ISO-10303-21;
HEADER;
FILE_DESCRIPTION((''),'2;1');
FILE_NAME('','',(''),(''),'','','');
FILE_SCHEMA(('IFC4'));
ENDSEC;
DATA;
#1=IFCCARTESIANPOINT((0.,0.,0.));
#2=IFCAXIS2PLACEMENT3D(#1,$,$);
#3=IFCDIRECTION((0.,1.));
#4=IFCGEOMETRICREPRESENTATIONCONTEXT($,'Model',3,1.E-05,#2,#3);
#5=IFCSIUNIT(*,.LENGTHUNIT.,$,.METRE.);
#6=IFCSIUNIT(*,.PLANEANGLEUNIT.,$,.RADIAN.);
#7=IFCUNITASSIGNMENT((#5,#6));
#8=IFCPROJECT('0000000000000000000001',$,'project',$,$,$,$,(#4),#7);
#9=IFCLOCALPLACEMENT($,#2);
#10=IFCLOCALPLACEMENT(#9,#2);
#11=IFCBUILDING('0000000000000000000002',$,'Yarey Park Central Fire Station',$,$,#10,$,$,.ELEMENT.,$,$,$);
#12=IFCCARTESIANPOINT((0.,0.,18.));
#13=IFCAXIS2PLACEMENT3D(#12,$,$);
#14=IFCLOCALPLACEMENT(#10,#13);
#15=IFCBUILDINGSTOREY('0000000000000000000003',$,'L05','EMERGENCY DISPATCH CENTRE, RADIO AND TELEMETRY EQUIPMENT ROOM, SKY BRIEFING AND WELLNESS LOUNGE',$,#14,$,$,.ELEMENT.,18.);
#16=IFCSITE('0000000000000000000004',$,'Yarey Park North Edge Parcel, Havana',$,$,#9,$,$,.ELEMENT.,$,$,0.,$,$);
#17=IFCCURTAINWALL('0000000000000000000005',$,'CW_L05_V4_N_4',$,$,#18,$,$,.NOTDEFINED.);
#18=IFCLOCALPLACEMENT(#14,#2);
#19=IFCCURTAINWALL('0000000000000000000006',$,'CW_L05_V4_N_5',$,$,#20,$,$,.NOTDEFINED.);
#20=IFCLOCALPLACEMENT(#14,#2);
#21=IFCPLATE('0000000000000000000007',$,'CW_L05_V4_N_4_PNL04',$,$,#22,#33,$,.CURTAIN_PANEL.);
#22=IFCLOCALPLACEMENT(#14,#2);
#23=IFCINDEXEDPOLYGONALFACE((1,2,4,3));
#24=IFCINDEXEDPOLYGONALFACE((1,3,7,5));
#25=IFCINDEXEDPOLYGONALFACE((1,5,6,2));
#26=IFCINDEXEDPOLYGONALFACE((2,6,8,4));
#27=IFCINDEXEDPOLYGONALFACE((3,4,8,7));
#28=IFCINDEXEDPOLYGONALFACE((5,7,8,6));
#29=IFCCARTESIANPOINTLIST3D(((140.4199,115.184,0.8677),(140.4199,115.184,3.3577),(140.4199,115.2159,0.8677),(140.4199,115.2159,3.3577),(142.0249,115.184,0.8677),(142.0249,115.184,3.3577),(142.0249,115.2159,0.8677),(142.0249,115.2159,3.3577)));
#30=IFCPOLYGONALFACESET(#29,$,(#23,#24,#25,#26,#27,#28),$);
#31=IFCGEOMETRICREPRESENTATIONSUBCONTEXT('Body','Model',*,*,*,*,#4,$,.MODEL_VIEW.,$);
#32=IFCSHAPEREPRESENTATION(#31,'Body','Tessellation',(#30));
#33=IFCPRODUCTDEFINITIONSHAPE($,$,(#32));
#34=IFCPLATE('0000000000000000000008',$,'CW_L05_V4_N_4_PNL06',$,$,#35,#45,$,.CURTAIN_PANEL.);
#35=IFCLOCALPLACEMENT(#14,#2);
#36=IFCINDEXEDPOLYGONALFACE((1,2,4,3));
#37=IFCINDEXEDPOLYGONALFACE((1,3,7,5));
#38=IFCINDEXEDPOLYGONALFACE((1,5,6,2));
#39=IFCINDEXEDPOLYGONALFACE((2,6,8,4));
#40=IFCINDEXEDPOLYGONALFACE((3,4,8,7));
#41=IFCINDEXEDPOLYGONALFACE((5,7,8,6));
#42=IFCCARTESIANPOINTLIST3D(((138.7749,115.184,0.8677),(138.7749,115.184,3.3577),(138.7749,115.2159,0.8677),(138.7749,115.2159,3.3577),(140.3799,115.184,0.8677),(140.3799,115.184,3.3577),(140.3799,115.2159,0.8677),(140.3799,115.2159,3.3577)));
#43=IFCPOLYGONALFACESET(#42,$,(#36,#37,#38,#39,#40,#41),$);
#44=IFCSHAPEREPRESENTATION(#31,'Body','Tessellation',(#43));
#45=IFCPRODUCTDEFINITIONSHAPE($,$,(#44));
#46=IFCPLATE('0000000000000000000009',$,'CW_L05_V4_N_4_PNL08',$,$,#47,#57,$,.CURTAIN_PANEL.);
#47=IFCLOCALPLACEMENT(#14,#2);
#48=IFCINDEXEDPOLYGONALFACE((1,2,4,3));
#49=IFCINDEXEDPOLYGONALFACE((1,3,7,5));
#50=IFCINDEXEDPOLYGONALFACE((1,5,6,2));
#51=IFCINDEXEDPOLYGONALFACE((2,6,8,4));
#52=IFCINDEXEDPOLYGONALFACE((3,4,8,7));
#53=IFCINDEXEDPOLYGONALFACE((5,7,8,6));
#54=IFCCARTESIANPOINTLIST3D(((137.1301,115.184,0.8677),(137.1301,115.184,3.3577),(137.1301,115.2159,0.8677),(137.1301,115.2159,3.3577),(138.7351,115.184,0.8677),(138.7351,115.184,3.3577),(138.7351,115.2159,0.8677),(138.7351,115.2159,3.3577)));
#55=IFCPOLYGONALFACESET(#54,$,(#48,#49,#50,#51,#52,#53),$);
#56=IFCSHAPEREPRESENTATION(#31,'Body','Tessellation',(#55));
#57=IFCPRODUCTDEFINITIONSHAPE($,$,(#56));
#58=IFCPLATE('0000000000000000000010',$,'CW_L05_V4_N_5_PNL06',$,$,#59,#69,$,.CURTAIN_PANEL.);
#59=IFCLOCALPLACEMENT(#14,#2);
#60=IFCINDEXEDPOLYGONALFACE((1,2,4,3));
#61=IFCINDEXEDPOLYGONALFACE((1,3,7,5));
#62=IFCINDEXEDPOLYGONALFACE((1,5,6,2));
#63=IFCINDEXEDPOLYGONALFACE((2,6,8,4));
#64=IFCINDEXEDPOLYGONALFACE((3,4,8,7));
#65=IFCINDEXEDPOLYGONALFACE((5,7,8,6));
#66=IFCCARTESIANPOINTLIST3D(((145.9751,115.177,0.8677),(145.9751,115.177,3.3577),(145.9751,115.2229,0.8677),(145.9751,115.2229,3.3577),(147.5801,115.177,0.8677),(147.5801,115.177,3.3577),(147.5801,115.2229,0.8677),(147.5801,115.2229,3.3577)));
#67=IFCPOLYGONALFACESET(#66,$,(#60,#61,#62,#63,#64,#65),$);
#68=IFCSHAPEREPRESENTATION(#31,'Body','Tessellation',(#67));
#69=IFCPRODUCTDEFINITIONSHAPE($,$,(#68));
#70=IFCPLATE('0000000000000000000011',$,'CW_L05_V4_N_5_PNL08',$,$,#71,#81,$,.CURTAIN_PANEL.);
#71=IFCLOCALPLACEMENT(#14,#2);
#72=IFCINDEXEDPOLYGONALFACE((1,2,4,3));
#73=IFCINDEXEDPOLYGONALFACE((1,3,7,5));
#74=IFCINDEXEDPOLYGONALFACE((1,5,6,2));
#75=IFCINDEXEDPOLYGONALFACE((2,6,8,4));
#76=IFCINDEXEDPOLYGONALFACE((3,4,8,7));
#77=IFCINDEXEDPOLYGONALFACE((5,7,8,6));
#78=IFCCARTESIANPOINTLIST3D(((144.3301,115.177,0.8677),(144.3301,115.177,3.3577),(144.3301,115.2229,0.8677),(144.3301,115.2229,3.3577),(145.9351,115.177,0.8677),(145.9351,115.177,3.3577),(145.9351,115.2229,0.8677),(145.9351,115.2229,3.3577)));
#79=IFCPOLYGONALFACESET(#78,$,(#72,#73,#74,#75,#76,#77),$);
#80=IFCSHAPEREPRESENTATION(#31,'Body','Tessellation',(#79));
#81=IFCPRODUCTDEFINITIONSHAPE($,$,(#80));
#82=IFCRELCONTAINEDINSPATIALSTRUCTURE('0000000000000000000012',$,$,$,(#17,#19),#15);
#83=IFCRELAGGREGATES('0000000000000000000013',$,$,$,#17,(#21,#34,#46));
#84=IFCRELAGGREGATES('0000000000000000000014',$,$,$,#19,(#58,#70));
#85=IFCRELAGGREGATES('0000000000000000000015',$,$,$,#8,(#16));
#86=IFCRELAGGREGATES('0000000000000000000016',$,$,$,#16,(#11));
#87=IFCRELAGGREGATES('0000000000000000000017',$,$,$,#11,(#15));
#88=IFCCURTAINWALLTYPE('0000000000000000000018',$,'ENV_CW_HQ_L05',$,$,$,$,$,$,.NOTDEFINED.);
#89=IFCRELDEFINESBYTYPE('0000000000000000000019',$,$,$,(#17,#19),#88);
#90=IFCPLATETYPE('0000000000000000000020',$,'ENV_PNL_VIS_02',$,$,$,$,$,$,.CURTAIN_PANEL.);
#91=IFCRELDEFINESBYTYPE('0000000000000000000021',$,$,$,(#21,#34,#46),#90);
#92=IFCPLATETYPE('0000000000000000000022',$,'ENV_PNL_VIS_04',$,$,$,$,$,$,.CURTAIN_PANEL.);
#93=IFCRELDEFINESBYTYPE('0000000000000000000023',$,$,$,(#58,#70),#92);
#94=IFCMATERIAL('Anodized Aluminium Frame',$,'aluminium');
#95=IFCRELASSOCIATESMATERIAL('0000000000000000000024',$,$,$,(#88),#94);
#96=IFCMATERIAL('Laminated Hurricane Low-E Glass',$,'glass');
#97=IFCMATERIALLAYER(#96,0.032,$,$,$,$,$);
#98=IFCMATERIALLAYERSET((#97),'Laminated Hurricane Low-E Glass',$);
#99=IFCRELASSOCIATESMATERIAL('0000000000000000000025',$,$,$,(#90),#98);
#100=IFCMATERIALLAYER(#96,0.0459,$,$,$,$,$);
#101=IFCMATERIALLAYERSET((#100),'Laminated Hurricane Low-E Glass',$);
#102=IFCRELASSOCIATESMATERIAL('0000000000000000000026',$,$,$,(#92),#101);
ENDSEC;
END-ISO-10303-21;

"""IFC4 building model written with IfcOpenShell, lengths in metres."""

from ifc_helpers import new_model, si_unit, direction, frame, origin, origin_2d, place, context, subcontext, project, spatial, rectangle, extrude, material, layer, layer_set, type_object, element, aggregate, save


model = new_model("IFC4")

# Units and contexts
model_context = context("Model", 3, precision=1e-05, world=origin(), true_north=direction((0.0, 1.0)))
body_context = subcontext(model_context, "Body", "Model", "MODEL_VIEW")
ifc_project = project(units=[si_unit("LENGTHUNIT", "METRE"), si_unit("PLANEANGLEUNIT", "RADIAN")], contexts=[model_context])

# Site, building, storey
site_placement = place(None, origin())
site = spatial("IfcSite", under=ifc_project, at=site_placement, Name="Yarey Park North Edge Parcel, Havana", CompositionType="ELEMENT", RefElevation=0.0)
building_placement = place(site_placement, origin())
building = spatial("IfcBuilding", under=site, at=building_placement, Name="Yarey Park Central Fire Station", CompositionType="ELEMENT")
storey_placement = place(building_placement, frame((0.0, 0.0, 18.0)))
storey = spatial("IfcBuildingStorey", under=building, at=storey_placement, Name="L05", Description="EMERGENCY DISPATCH CENTRE, RADIO AND TELEMETRY EQUIPMENT ROOM, SKY BRIEFING AND WELLNESS LOUNGE", CompositionType="ELEMENT", Elevation=18.0)

# Curtain walls
ifc_material_1 = material(Name="Anodized Aluminium Frame", Category="aluminium")
curtain_wall_type = type_object("IfcCurtainWallType", Name="ENV_CW_HQ_L05", PredefinedType="NOTDEFINED", material=ifc_material_1)
curtain_wall_1_placement = place(storey_placement, origin())
curtain_wall_1 = element("IfcCurtainWall", 1, at=curtain_wall_1_placement, inside=storey, type_object=curtain_wall_type, Name="CW_L05_V4_N_4", PredefinedType="NOTDEFINED")
curtain_wall_2_placement = place(storey_placement, origin())
curtain_wall_2 = element("IfcCurtainWall", 2, at=curtain_wall_2_placement, inside=storey, type_object=curtain_wall_type, Name="CW_L05_V4_N_5", PredefinedType="NOTDEFINED")

# Plates
ifc_material_2 = material(Name="Laminated Hurricane Low-E Glass", Category="glass")
ifc_layer_1 = layer(ifc_material_2, 0.032)
ifc_layer_set_1 = layer_set([ifc_layer_1], Name="Laminated Hurricane Low-E Glass")
plate_type_1 = type_object("IfcPlateType", Name="ENV_PNL_VIS_02", PredefinedType="CURTAIN_PANEL", material=ifc_layer_set_1)
plate_1_placement = place(storey_placement, frame((141.2224, 115.2, 0.8677), z_axis=(0.0, 0.0, 1.0), x_axis=(-1.0, 0.0, 0.0)))
plate_1 = element("IfcPlate", 3, at=plate_1_placement, type_object=plate_type_1, Name="CW_L05_V4_N_4_PNL04", PredefinedType="CURTAIN_PANEL", context=body_context, shape_type="SweptSolid", body=[
    extrude(rectangle(XDim=1.605, YDim=0.032, at=origin_2d()), origin(), (0.0, 0.0, 1.0), 2.49),
])
plate_2_placement = place(storey_placement, frame((139.5774, 115.2, 0.8677), z_axis=(0.0, 0.0, 1.0), x_axis=(-1.0, 0.0, 0.0)))
plate_2 = element("IfcPlate", 4, at=plate_2_placement, type_object=plate_type_1, Name="CW_L05_V4_N_4_PNL06", PredefinedType="CURTAIN_PANEL", context=body_context, shape_type="SweptSolid", body=[
    extrude(rectangle(XDim=1.605, YDim=0.032, at=origin_2d()), origin(), (0.0, 0.0, 1.0), 2.49),
])
plate_3_placement = place(storey_placement, frame((137.9326, 115.2, 0.8677), z_axis=(0.0, 0.0, 1.0), x_axis=(-1.0, 0.0, 0.0)))
plate_3 = element("IfcPlate", 5, at=plate_3_placement, type_object=plate_type_1, Name="CW_L05_V4_N_4_PNL08", PredefinedType="CURTAIN_PANEL", context=body_context, shape_type="SweptSolid", body=[
    extrude(rectangle(XDim=1.605, YDim=0.032, at=origin_2d()), origin(), (0.0, 0.0, 1.0), 2.49),
])
aggregate(curtain_wall_1, [plate_1, plate_2, plate_3])
ifc_layer_2 = layer(ifc_material_2, 0.0459)
ifc_layer_set_2 = layer_set([ifc_layer_2], Name="Laminated Hurricane Low-E Glass")
plate_type_2 = type_object("IfcPlateType", Name="ENV_PNL_VIS_04", PredefinedType="CURTAIN_PANEL", material=ifc_layer_set_2)
plate_4_placement = place(storey_placement, frame((146.7776, 115.2, 0.8677), z_axis=(0.0, 0.0, 1.0), x_axis=(-1.0, 0.0, 0.0)))
plate_4 = element("IfcPlate", 6, at=plate_4_placement, type_object=plate_type_2, Name="CW_L05_V4_N_5_PNL06", PredefinedType="CURTAIN_PANEL", context=body_context, shape_type="SweptSolid", body=[
    extrude(rectangle(XDim=1.605, YDim=0.0459, at=origin_2d()), origin(), (0.0, 0.0, 1.0), 2.49),
])
plate_5_placement = place(storey_placement, frame((145.1326, 115.2, 0.8677), z_axis=(0.0, 0.0, 1.0), x_axis=(-1.0, 0.0, 0.0)))
plate_5 = element("IfcPlate", 7, at=plate_5_placement, type_object=plate_type_2, Name="CW_L05_V4_N_5_PNL08", PredefinedType="CURTAIN_PANEL", context=body_context, shape_type="SweptSolid", body=[
    extrude(rectangle(XDim=1.605, YDim=0.0459, at=origin_2d()), origin(), (0.0, 0.0, 1.0), 2.49),
])
aggregate(curtain_wall_2, [plate_4, plate_5])

save(model, "model.ifc")
